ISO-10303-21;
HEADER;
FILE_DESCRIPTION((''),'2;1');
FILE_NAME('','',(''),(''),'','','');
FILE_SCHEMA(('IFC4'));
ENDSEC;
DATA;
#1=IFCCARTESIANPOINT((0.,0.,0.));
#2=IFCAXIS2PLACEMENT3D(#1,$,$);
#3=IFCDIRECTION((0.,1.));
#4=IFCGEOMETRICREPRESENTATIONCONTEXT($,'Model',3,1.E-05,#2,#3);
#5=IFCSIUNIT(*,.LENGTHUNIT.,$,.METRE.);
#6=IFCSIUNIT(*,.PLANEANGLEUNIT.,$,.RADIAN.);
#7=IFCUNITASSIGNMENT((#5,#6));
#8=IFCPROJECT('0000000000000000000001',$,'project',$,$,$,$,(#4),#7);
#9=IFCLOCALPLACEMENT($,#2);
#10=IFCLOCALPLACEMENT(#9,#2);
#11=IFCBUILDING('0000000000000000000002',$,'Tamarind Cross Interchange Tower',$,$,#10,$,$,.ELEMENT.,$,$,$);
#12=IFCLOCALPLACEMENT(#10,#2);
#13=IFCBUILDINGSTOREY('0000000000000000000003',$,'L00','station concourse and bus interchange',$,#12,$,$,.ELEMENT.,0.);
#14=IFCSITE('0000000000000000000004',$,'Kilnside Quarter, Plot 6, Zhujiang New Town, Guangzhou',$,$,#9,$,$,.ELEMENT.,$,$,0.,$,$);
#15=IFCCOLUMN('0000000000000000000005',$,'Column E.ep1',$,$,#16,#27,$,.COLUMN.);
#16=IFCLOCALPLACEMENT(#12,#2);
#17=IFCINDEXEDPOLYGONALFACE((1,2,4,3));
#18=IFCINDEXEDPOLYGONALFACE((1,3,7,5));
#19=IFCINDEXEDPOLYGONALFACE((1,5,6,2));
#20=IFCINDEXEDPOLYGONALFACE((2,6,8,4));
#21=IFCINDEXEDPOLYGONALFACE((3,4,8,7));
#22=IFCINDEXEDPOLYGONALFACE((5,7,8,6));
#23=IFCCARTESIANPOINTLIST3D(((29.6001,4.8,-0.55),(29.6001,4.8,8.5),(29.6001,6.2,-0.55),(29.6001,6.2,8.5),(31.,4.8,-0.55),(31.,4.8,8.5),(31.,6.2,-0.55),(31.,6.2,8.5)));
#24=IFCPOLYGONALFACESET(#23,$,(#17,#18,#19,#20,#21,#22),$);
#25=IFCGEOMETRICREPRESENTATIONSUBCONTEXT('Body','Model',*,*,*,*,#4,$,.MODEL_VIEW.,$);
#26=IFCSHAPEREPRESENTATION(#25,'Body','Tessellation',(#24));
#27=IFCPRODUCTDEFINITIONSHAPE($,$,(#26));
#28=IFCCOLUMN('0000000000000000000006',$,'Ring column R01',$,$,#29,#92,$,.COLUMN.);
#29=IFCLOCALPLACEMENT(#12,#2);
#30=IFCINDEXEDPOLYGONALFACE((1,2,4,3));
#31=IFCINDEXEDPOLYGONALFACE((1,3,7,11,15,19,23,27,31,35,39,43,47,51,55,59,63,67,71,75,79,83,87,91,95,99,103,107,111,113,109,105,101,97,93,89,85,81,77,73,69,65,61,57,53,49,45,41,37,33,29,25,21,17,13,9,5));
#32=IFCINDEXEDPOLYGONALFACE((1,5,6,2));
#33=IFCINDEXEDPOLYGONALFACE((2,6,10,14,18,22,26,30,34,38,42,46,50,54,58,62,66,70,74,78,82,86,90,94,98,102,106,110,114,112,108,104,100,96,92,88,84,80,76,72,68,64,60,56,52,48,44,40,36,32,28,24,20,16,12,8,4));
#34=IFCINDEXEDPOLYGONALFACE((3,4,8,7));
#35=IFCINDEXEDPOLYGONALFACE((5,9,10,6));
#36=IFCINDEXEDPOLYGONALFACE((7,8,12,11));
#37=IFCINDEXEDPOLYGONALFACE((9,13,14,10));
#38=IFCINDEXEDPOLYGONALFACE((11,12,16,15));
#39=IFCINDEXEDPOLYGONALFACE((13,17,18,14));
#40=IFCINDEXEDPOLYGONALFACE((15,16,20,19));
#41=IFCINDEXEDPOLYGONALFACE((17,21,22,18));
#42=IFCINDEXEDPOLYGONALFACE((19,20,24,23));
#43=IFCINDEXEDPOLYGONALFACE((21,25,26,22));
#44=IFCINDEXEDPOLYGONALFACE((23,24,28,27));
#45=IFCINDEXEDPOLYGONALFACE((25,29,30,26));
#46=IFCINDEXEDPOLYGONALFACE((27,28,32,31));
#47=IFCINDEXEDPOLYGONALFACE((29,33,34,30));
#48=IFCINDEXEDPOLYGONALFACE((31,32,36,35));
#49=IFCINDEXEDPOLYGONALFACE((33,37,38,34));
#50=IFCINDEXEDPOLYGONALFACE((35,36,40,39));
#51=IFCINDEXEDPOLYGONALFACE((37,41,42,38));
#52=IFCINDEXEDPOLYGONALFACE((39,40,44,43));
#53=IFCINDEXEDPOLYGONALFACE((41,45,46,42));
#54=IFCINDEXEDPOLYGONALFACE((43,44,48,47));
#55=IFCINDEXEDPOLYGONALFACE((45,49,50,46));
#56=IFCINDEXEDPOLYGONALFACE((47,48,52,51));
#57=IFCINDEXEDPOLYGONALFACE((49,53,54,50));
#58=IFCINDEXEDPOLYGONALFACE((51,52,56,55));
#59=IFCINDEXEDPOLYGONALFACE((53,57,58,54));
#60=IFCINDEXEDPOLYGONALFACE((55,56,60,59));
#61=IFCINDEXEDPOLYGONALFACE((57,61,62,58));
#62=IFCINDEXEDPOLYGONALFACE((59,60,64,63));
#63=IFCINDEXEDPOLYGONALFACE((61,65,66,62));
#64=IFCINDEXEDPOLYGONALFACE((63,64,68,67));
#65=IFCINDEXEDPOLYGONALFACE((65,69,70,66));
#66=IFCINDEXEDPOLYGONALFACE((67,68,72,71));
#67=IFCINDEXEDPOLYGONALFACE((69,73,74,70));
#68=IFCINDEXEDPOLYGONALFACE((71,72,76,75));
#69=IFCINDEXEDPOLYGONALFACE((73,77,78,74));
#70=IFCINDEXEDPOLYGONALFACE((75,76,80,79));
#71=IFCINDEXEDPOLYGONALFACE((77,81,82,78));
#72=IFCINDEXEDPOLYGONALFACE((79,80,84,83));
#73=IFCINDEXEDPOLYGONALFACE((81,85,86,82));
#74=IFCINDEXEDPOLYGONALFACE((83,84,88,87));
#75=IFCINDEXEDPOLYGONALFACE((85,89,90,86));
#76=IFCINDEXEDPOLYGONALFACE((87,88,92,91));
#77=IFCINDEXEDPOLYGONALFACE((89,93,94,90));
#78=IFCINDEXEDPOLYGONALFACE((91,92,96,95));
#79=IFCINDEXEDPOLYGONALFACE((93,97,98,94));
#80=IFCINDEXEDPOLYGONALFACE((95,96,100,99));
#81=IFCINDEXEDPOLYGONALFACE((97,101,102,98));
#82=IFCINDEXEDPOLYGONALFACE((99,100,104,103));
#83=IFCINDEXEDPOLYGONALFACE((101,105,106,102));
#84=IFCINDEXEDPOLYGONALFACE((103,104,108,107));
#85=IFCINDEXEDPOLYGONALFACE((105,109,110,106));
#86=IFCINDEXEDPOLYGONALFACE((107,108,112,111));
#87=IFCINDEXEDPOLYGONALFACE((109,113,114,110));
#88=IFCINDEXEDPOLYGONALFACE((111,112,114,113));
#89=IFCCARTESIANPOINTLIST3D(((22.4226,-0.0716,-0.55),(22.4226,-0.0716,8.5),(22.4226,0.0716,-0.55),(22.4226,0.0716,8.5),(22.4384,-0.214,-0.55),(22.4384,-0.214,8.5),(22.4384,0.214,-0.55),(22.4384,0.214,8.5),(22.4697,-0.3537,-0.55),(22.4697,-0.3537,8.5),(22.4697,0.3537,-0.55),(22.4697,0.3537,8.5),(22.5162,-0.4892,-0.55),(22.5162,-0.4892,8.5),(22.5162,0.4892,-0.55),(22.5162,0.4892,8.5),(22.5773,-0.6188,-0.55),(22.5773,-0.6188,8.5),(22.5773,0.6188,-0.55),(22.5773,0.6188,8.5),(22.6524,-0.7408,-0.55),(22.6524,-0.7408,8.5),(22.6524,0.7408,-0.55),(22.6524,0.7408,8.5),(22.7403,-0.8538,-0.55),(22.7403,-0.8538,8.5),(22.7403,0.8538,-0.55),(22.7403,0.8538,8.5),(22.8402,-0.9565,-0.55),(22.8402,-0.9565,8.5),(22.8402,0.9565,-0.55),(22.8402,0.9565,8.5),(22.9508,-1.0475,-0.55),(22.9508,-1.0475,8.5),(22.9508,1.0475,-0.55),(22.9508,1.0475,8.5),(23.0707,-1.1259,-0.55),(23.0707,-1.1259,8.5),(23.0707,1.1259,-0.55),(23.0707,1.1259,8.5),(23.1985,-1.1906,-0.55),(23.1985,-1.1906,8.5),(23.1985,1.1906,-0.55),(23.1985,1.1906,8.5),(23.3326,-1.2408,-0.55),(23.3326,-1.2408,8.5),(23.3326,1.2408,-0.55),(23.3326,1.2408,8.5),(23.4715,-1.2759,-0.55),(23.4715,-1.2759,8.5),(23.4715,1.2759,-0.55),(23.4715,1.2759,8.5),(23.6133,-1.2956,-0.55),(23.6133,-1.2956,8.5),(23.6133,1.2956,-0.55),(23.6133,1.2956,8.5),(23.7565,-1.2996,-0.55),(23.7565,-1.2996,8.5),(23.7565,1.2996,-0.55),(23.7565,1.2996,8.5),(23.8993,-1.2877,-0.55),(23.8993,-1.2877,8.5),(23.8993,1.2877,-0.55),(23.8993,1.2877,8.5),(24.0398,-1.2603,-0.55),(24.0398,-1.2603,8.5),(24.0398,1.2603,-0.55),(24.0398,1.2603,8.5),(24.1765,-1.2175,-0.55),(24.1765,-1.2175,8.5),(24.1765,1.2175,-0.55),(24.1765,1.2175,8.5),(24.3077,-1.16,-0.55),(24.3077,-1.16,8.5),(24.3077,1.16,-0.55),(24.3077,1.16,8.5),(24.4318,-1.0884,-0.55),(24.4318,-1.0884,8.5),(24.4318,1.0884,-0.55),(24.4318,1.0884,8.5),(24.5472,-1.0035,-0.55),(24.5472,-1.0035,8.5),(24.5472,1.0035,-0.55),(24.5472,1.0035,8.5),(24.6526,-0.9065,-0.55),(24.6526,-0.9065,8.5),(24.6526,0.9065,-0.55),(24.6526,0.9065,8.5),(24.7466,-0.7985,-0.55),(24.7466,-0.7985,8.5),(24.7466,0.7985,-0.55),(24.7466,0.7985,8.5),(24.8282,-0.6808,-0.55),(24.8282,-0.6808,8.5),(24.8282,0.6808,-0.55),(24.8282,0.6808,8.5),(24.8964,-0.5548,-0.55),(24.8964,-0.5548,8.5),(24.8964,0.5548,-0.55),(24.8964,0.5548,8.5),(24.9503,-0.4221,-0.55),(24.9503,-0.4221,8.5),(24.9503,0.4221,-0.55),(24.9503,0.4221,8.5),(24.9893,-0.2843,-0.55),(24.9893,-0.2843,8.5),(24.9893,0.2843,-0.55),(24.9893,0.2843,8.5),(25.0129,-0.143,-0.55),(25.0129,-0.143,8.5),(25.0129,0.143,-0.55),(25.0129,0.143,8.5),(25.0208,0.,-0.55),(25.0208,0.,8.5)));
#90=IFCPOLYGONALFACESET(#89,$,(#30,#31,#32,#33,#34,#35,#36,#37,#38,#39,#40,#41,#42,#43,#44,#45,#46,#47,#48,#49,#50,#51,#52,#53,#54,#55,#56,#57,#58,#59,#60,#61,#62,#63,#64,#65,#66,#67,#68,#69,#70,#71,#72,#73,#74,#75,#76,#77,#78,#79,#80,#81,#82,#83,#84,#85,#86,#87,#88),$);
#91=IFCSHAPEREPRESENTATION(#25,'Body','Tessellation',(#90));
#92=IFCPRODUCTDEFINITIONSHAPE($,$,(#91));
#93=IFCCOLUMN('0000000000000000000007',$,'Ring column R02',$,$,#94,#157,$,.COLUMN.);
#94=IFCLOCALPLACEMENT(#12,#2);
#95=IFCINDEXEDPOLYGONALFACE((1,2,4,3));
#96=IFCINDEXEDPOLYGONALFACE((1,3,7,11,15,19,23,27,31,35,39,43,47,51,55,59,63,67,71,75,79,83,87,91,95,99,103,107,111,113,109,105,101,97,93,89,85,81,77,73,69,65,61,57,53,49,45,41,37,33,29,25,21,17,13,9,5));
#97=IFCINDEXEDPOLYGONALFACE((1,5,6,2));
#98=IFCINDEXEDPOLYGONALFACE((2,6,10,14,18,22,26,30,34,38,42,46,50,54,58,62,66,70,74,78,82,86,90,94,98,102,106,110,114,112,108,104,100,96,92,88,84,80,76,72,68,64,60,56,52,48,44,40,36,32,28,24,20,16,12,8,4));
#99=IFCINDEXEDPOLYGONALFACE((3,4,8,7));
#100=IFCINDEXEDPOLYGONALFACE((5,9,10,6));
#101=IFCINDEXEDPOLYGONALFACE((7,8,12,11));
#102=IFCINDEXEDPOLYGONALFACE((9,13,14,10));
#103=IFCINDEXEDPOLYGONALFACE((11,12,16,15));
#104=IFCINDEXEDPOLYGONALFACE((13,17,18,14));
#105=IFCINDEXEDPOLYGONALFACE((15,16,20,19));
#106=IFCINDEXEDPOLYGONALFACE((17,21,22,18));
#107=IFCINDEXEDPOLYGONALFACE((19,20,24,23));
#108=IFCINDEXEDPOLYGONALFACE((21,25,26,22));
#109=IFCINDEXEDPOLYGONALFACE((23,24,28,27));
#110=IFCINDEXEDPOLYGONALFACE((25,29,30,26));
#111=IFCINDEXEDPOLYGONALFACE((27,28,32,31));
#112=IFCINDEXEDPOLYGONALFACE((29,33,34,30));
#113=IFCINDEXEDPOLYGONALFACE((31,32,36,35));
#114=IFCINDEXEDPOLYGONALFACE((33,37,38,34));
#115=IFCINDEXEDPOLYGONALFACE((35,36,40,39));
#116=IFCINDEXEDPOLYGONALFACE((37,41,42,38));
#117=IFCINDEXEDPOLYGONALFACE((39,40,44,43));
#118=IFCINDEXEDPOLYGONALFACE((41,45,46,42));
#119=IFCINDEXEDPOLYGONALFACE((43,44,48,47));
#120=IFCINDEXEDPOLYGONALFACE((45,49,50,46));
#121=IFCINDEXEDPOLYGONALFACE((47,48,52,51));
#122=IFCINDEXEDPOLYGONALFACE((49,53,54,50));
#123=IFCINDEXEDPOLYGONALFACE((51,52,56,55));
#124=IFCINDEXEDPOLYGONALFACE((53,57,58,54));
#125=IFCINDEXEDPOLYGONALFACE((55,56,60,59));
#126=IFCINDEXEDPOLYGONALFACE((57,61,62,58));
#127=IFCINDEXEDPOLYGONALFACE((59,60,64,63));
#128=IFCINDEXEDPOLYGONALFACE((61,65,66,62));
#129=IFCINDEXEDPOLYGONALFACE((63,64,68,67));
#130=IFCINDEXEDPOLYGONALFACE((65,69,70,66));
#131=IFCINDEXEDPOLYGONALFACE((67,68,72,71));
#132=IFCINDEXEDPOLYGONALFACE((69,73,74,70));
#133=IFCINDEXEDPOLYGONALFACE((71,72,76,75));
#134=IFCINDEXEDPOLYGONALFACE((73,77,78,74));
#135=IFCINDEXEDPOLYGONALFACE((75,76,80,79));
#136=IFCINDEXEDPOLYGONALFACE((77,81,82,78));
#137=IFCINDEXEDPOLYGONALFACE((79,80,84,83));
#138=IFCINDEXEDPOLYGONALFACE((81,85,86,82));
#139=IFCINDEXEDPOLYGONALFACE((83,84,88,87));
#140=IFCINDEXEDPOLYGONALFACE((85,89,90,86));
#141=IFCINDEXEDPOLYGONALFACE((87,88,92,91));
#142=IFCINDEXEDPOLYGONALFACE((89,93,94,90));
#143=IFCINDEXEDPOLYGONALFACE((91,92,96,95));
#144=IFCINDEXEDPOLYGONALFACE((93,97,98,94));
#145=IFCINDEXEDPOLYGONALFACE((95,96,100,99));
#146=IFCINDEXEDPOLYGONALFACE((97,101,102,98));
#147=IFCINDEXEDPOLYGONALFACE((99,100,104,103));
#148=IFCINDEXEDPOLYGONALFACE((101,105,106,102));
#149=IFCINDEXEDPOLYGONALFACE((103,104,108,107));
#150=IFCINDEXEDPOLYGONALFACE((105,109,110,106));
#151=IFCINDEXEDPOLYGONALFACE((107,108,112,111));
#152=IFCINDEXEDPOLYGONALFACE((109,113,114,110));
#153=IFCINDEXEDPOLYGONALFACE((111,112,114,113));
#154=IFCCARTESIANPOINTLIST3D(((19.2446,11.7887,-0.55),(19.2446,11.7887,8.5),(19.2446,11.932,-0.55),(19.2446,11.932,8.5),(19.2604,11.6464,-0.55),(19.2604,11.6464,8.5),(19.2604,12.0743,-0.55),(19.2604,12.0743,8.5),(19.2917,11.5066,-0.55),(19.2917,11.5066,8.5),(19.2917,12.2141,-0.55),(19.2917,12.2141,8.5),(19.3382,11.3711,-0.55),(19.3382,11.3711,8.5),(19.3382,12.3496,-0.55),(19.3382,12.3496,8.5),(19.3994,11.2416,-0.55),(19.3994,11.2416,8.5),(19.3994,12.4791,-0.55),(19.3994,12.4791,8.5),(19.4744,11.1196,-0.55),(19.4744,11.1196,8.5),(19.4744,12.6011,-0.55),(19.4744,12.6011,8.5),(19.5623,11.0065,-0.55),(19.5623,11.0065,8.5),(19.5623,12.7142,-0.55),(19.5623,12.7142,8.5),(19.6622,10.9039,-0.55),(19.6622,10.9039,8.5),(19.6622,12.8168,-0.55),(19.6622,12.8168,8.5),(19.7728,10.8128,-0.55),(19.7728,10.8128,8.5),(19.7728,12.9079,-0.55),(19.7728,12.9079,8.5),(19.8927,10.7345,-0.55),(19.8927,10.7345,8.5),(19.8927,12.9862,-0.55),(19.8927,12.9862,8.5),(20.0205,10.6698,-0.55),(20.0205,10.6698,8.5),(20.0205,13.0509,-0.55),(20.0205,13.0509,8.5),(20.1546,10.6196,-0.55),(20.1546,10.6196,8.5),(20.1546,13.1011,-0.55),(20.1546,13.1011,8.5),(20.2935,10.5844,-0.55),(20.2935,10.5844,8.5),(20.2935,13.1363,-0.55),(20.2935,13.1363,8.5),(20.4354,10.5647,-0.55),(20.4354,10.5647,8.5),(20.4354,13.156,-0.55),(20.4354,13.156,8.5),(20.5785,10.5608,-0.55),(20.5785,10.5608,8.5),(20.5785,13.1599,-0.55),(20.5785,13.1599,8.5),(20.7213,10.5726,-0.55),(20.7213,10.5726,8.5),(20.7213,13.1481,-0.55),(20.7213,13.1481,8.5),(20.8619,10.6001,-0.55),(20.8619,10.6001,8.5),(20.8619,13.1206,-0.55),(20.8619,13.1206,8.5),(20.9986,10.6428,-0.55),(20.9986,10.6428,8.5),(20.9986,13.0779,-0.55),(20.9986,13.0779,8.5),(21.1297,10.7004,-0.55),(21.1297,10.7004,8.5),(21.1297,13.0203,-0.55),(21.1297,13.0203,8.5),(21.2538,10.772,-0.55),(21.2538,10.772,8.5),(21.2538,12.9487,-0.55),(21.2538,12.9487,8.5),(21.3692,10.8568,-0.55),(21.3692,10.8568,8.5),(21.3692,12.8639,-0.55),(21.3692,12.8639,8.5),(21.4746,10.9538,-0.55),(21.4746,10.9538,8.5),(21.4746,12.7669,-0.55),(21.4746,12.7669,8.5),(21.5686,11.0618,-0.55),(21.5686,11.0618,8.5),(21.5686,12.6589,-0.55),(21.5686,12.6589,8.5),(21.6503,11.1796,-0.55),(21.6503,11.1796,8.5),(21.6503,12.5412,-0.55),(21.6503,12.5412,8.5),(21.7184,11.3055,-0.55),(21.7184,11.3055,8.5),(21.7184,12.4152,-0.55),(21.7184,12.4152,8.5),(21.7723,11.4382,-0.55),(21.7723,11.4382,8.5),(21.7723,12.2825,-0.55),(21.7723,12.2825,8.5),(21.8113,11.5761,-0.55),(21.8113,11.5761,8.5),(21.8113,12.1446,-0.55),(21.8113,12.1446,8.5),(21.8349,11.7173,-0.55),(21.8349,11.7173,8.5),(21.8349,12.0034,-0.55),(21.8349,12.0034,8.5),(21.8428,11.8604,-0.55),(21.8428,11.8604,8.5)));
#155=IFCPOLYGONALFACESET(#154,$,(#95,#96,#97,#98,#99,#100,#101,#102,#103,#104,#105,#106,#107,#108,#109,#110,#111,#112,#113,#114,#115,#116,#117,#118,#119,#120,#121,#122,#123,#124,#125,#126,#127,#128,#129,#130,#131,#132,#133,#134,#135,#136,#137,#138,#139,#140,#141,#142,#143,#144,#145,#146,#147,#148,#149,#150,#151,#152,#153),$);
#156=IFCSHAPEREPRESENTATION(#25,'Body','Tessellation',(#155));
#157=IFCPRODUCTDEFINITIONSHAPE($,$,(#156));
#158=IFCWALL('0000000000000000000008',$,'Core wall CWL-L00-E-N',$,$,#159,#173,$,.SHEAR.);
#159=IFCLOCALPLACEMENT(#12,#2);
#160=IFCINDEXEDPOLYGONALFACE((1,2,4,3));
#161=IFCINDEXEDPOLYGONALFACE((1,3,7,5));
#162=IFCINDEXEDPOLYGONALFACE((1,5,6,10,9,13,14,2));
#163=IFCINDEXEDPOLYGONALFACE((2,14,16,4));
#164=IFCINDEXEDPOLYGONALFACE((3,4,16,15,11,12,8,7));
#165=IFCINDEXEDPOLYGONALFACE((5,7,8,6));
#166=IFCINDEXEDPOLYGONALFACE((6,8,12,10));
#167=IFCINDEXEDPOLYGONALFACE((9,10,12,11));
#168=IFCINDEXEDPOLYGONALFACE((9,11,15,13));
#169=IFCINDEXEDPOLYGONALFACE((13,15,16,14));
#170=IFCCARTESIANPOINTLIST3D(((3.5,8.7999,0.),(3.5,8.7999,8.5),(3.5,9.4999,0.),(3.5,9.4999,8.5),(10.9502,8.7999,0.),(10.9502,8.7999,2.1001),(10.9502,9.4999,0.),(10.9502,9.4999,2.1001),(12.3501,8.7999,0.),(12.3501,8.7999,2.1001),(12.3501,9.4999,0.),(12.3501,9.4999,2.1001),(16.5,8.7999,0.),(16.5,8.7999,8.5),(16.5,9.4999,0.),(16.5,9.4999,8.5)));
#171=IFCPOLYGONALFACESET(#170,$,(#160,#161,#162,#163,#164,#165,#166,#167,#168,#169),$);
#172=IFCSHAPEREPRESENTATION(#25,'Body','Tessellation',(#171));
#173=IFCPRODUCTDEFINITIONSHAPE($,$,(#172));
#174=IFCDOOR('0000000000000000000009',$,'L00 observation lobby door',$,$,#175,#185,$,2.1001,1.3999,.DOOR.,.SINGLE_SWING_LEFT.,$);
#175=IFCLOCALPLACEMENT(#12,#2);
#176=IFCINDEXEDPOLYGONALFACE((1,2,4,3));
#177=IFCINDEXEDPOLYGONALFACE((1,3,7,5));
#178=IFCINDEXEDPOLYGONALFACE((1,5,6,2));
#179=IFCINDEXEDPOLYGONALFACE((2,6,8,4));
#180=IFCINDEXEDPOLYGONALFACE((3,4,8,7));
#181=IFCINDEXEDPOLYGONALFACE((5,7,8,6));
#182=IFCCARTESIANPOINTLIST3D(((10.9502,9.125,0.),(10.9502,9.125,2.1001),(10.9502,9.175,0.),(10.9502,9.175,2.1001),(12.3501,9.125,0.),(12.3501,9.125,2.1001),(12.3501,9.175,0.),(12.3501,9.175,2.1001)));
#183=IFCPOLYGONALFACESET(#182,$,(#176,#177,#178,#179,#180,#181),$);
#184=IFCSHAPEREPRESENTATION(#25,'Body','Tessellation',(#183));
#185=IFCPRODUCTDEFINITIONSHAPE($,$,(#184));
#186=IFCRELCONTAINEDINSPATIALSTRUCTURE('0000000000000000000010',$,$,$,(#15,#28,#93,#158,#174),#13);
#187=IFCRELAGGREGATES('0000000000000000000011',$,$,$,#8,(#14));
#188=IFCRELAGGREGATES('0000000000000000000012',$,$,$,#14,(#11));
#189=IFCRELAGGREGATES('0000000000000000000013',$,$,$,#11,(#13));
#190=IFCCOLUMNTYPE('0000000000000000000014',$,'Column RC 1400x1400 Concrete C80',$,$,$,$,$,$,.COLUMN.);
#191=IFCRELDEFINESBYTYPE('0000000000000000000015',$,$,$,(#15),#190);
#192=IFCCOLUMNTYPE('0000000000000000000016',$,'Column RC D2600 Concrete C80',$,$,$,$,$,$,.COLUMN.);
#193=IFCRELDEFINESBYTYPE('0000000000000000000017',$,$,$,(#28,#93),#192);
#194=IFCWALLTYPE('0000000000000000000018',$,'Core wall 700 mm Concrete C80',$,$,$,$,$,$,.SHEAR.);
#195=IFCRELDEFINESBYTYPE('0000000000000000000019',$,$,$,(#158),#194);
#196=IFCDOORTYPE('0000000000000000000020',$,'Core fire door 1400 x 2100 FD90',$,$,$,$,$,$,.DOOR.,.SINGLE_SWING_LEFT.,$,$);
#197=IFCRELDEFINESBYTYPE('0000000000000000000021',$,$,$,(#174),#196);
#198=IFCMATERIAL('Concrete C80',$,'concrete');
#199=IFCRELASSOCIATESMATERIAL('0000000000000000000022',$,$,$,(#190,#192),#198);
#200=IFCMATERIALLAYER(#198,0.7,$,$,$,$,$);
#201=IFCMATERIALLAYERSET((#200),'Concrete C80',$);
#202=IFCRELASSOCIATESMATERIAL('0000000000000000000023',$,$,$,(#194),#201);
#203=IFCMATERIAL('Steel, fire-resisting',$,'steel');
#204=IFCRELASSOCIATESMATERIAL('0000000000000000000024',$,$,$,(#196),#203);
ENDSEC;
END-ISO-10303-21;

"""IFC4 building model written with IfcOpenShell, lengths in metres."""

from ifc_helpers import new_model, si_unit, direction, frame, frame_2d, origin, origin_2d, place, context, subcontext, project, spatial, rectangle, circle, extrude, material, layer, layer_set, material_profile, profile_set, type_object, element, fill, save


model = new_model("IFC4")

# Units and contexts
model_context = context("Model", 3, precision=1e-05, world=origin(), true_north=direction((0.0, 1.0)))
body_context = subcontext(model_context, "Body", "Model", "MODEL_VIEW")
ifc_project = project(units=[si_unit("LENGTHUNIT", "METRE"), si_unit("PLANEANGLEUNIT", "RADIAN")], contexts=[model_context])

# Site, building, storey
site_placement = place(None, origin())
site = spatial("IfcSite", under=ifc_project, at=site_placement, Name="Kilnside Quarter, Plot 6, Zhujiang New Town, Guangzhou", CompositionType="ELEMENT", RefElevation=0.0)
building_placement = place(site_placement, origin())
building = spatial("IfcBuilding", under=site, at=building_placement, Name="Tamarind Cross Interchange Tower", CompositionType="ELEMENT")
storey_placement = place(building_placement, origin())
storey = spatial("IfcBuildingStorey", under=building, at=storey_placement, Name="L00", Description="station concourse and bus interchange", CompositionType="ELEMENT", Elevation=0.0)

# Columns
ifc_material_1 = material(Name="Concrete C80", Category="concrete")
ifc_material_profile_1 = material_profile(ifc_material_1, rectangle(XDim=1.3999, YDim=1.3999, at=origin_2d()), Name="RC 1400x1400")
ifc_profile_set_1 = profile_set([ifc_material_profile_1], Name="Concrete C80")
column_type_1 = type_object("IfcColumnType", Name="Column RC 1400x1400 Concrete C80", PredefinedType="COLUMN", material=ifc_profile_set_1)
column_placement = place(storey_placement, frame((30.3, 5.5, -0.55), z_axis=(0.0, 0.0, 1.0), x_axis=(1.0, 0.0, 0.0)))
element("IfcColumn", 1, at=column_placement, inside=storey, type_object=column_type_1, Name="Column E.ep1", PredefinedType="COLUMN", context=body_context, shape_type="SweptSolid", body=[
    extrude(rectangle(XDim=1.3999, YDim=1.3999, at=origin_2d()), origin(), (0.0, 0.0, 1.0), 9.05),
])
ifc_material_profile_2 = material_profile(ifc_material_1, circle(Radius=1.3, at=origin_2d()), Name="RC D2600")
ifc_profile_set_2 = profile_set([ifc_material_profile_2], Name="Concrete C80")
column_type_2 = type_object("IfcColumnType", Name="Column RC D2600 Concrete C80", PredefinedType="COLUMN", material=ifc_profile_set_2)
for number, where, z_axis, x_axis, name in (
    (2, (23.7207, 0.0, -0.55), (0.0, 0.0, 1.0), (1.0, 0.0, 0.0), "Ring column R01"),
    (3, (20.5427, 11.8604, -0.55), (0.0, 0.0, 1.0), (1.0, 0.0, 0.0), "Ring column R02"),
):
    element("IfcColumn", number, at=place(storey_placement, frame(where, z_axis=z_axis, x_axis=x_axis)), inside=storey, type_object=column_type_2, Name=name, PredefinedType="COLUMN", context=body_context, shape_type="SweptSolid", body=[
        extrude(circle(Radius=1.3, at=origin_2d()), origin(), (0.0, 0.0, 1.0), 9.05),
    ])

# Wall, opening, door
ifc_layer_1 = layer(ifc_material_1, 0.7)
ifc_layer_set_1 = layer_set([ifc_layer_1], Name="Concrete C80")
wall_type_1 = type_object("IfcWallType", Name="Core wall 700 mm Concrete C80", PredefinedType="SHEAR", material=ifc_layer_set_1)
wall_1_placement = place(storey_placement, frame((16.5, 9.1499, 0.0), z_axis=(0.0, 0.0, 1.0), x_axis=(-1.0, 0.0, 0.0)))
wall_1 = element("IfcWall", 4, at=wall_1_placement, inside=storey, type_object=wall_type_1, Name="Core wall CWL-L00-E-N", PredefinedType="SHEAR", context=body_context, shape_type="SweptSolid", body=[
    extrude(rectangle(XDim=13.0, YDim=0.7, at=frame_2d((6.5, 0.0))), origin(), (0.0, 0.0, 1.0), 8.5),
])
opening_1_placement = place(wall_1_placement, frame((4.1499, 0.0, 0.0)))
opening_1 = element("IfcOpeningElement", 5, at=opening_1_placement, cuts=wall_1, PredefinedType="OPENING", context=body_context, shape_type="SweptSolid", body=[
    extrude(rectangle(XDim=1.3999, YDim=2.1001, at=frame_2d((0.7, 1.05))), frame((0.0, 0.3599, 0.0), z_axis=(0.0, -1.0, 0.0), x_axis=(1.0, 0.0, 0.0)), (0.0, 0.0, 1.0), 0.72),
])
ifc_material_2 = material(Name="Steel, fire-resisting", Category="steel")
door_type_1 = type_object("IfcDoorType", Name="Core fire door 1400 x 2100 FD90", OperationType="SINGLE_SWING_LEFT", PredefinedType="DOOR", material=ifc_material_2)
door_1_placement = place(opening_1_placement, origin())
door_1 = element("IfcDoor", 6, at=door_1_placement, inside=storey, type_object=door_type_1, Name="L00 observation lobby door", OperationType="SINGLE_SWING_LEFT", OverallHeight=2.1001, OverallWidth=1.3999, PredefinedType="DOOR", context=body_context, shape_type="SweptSolid", body=[
    extrude(rectangle(XDim=1.3999, YDim=2.1001, at=frame_2d((0.7, 1.05))), frame((0.0, 0.0249, 0.0), z_axis=(0.0, -1.0, 0.0), x_axis=(1.0, 0.0, 0.0)), (0.0, 0.0, 1.0), 0.05),
])
fill(opening_1, door_1)

save(model, "model.ifc")
